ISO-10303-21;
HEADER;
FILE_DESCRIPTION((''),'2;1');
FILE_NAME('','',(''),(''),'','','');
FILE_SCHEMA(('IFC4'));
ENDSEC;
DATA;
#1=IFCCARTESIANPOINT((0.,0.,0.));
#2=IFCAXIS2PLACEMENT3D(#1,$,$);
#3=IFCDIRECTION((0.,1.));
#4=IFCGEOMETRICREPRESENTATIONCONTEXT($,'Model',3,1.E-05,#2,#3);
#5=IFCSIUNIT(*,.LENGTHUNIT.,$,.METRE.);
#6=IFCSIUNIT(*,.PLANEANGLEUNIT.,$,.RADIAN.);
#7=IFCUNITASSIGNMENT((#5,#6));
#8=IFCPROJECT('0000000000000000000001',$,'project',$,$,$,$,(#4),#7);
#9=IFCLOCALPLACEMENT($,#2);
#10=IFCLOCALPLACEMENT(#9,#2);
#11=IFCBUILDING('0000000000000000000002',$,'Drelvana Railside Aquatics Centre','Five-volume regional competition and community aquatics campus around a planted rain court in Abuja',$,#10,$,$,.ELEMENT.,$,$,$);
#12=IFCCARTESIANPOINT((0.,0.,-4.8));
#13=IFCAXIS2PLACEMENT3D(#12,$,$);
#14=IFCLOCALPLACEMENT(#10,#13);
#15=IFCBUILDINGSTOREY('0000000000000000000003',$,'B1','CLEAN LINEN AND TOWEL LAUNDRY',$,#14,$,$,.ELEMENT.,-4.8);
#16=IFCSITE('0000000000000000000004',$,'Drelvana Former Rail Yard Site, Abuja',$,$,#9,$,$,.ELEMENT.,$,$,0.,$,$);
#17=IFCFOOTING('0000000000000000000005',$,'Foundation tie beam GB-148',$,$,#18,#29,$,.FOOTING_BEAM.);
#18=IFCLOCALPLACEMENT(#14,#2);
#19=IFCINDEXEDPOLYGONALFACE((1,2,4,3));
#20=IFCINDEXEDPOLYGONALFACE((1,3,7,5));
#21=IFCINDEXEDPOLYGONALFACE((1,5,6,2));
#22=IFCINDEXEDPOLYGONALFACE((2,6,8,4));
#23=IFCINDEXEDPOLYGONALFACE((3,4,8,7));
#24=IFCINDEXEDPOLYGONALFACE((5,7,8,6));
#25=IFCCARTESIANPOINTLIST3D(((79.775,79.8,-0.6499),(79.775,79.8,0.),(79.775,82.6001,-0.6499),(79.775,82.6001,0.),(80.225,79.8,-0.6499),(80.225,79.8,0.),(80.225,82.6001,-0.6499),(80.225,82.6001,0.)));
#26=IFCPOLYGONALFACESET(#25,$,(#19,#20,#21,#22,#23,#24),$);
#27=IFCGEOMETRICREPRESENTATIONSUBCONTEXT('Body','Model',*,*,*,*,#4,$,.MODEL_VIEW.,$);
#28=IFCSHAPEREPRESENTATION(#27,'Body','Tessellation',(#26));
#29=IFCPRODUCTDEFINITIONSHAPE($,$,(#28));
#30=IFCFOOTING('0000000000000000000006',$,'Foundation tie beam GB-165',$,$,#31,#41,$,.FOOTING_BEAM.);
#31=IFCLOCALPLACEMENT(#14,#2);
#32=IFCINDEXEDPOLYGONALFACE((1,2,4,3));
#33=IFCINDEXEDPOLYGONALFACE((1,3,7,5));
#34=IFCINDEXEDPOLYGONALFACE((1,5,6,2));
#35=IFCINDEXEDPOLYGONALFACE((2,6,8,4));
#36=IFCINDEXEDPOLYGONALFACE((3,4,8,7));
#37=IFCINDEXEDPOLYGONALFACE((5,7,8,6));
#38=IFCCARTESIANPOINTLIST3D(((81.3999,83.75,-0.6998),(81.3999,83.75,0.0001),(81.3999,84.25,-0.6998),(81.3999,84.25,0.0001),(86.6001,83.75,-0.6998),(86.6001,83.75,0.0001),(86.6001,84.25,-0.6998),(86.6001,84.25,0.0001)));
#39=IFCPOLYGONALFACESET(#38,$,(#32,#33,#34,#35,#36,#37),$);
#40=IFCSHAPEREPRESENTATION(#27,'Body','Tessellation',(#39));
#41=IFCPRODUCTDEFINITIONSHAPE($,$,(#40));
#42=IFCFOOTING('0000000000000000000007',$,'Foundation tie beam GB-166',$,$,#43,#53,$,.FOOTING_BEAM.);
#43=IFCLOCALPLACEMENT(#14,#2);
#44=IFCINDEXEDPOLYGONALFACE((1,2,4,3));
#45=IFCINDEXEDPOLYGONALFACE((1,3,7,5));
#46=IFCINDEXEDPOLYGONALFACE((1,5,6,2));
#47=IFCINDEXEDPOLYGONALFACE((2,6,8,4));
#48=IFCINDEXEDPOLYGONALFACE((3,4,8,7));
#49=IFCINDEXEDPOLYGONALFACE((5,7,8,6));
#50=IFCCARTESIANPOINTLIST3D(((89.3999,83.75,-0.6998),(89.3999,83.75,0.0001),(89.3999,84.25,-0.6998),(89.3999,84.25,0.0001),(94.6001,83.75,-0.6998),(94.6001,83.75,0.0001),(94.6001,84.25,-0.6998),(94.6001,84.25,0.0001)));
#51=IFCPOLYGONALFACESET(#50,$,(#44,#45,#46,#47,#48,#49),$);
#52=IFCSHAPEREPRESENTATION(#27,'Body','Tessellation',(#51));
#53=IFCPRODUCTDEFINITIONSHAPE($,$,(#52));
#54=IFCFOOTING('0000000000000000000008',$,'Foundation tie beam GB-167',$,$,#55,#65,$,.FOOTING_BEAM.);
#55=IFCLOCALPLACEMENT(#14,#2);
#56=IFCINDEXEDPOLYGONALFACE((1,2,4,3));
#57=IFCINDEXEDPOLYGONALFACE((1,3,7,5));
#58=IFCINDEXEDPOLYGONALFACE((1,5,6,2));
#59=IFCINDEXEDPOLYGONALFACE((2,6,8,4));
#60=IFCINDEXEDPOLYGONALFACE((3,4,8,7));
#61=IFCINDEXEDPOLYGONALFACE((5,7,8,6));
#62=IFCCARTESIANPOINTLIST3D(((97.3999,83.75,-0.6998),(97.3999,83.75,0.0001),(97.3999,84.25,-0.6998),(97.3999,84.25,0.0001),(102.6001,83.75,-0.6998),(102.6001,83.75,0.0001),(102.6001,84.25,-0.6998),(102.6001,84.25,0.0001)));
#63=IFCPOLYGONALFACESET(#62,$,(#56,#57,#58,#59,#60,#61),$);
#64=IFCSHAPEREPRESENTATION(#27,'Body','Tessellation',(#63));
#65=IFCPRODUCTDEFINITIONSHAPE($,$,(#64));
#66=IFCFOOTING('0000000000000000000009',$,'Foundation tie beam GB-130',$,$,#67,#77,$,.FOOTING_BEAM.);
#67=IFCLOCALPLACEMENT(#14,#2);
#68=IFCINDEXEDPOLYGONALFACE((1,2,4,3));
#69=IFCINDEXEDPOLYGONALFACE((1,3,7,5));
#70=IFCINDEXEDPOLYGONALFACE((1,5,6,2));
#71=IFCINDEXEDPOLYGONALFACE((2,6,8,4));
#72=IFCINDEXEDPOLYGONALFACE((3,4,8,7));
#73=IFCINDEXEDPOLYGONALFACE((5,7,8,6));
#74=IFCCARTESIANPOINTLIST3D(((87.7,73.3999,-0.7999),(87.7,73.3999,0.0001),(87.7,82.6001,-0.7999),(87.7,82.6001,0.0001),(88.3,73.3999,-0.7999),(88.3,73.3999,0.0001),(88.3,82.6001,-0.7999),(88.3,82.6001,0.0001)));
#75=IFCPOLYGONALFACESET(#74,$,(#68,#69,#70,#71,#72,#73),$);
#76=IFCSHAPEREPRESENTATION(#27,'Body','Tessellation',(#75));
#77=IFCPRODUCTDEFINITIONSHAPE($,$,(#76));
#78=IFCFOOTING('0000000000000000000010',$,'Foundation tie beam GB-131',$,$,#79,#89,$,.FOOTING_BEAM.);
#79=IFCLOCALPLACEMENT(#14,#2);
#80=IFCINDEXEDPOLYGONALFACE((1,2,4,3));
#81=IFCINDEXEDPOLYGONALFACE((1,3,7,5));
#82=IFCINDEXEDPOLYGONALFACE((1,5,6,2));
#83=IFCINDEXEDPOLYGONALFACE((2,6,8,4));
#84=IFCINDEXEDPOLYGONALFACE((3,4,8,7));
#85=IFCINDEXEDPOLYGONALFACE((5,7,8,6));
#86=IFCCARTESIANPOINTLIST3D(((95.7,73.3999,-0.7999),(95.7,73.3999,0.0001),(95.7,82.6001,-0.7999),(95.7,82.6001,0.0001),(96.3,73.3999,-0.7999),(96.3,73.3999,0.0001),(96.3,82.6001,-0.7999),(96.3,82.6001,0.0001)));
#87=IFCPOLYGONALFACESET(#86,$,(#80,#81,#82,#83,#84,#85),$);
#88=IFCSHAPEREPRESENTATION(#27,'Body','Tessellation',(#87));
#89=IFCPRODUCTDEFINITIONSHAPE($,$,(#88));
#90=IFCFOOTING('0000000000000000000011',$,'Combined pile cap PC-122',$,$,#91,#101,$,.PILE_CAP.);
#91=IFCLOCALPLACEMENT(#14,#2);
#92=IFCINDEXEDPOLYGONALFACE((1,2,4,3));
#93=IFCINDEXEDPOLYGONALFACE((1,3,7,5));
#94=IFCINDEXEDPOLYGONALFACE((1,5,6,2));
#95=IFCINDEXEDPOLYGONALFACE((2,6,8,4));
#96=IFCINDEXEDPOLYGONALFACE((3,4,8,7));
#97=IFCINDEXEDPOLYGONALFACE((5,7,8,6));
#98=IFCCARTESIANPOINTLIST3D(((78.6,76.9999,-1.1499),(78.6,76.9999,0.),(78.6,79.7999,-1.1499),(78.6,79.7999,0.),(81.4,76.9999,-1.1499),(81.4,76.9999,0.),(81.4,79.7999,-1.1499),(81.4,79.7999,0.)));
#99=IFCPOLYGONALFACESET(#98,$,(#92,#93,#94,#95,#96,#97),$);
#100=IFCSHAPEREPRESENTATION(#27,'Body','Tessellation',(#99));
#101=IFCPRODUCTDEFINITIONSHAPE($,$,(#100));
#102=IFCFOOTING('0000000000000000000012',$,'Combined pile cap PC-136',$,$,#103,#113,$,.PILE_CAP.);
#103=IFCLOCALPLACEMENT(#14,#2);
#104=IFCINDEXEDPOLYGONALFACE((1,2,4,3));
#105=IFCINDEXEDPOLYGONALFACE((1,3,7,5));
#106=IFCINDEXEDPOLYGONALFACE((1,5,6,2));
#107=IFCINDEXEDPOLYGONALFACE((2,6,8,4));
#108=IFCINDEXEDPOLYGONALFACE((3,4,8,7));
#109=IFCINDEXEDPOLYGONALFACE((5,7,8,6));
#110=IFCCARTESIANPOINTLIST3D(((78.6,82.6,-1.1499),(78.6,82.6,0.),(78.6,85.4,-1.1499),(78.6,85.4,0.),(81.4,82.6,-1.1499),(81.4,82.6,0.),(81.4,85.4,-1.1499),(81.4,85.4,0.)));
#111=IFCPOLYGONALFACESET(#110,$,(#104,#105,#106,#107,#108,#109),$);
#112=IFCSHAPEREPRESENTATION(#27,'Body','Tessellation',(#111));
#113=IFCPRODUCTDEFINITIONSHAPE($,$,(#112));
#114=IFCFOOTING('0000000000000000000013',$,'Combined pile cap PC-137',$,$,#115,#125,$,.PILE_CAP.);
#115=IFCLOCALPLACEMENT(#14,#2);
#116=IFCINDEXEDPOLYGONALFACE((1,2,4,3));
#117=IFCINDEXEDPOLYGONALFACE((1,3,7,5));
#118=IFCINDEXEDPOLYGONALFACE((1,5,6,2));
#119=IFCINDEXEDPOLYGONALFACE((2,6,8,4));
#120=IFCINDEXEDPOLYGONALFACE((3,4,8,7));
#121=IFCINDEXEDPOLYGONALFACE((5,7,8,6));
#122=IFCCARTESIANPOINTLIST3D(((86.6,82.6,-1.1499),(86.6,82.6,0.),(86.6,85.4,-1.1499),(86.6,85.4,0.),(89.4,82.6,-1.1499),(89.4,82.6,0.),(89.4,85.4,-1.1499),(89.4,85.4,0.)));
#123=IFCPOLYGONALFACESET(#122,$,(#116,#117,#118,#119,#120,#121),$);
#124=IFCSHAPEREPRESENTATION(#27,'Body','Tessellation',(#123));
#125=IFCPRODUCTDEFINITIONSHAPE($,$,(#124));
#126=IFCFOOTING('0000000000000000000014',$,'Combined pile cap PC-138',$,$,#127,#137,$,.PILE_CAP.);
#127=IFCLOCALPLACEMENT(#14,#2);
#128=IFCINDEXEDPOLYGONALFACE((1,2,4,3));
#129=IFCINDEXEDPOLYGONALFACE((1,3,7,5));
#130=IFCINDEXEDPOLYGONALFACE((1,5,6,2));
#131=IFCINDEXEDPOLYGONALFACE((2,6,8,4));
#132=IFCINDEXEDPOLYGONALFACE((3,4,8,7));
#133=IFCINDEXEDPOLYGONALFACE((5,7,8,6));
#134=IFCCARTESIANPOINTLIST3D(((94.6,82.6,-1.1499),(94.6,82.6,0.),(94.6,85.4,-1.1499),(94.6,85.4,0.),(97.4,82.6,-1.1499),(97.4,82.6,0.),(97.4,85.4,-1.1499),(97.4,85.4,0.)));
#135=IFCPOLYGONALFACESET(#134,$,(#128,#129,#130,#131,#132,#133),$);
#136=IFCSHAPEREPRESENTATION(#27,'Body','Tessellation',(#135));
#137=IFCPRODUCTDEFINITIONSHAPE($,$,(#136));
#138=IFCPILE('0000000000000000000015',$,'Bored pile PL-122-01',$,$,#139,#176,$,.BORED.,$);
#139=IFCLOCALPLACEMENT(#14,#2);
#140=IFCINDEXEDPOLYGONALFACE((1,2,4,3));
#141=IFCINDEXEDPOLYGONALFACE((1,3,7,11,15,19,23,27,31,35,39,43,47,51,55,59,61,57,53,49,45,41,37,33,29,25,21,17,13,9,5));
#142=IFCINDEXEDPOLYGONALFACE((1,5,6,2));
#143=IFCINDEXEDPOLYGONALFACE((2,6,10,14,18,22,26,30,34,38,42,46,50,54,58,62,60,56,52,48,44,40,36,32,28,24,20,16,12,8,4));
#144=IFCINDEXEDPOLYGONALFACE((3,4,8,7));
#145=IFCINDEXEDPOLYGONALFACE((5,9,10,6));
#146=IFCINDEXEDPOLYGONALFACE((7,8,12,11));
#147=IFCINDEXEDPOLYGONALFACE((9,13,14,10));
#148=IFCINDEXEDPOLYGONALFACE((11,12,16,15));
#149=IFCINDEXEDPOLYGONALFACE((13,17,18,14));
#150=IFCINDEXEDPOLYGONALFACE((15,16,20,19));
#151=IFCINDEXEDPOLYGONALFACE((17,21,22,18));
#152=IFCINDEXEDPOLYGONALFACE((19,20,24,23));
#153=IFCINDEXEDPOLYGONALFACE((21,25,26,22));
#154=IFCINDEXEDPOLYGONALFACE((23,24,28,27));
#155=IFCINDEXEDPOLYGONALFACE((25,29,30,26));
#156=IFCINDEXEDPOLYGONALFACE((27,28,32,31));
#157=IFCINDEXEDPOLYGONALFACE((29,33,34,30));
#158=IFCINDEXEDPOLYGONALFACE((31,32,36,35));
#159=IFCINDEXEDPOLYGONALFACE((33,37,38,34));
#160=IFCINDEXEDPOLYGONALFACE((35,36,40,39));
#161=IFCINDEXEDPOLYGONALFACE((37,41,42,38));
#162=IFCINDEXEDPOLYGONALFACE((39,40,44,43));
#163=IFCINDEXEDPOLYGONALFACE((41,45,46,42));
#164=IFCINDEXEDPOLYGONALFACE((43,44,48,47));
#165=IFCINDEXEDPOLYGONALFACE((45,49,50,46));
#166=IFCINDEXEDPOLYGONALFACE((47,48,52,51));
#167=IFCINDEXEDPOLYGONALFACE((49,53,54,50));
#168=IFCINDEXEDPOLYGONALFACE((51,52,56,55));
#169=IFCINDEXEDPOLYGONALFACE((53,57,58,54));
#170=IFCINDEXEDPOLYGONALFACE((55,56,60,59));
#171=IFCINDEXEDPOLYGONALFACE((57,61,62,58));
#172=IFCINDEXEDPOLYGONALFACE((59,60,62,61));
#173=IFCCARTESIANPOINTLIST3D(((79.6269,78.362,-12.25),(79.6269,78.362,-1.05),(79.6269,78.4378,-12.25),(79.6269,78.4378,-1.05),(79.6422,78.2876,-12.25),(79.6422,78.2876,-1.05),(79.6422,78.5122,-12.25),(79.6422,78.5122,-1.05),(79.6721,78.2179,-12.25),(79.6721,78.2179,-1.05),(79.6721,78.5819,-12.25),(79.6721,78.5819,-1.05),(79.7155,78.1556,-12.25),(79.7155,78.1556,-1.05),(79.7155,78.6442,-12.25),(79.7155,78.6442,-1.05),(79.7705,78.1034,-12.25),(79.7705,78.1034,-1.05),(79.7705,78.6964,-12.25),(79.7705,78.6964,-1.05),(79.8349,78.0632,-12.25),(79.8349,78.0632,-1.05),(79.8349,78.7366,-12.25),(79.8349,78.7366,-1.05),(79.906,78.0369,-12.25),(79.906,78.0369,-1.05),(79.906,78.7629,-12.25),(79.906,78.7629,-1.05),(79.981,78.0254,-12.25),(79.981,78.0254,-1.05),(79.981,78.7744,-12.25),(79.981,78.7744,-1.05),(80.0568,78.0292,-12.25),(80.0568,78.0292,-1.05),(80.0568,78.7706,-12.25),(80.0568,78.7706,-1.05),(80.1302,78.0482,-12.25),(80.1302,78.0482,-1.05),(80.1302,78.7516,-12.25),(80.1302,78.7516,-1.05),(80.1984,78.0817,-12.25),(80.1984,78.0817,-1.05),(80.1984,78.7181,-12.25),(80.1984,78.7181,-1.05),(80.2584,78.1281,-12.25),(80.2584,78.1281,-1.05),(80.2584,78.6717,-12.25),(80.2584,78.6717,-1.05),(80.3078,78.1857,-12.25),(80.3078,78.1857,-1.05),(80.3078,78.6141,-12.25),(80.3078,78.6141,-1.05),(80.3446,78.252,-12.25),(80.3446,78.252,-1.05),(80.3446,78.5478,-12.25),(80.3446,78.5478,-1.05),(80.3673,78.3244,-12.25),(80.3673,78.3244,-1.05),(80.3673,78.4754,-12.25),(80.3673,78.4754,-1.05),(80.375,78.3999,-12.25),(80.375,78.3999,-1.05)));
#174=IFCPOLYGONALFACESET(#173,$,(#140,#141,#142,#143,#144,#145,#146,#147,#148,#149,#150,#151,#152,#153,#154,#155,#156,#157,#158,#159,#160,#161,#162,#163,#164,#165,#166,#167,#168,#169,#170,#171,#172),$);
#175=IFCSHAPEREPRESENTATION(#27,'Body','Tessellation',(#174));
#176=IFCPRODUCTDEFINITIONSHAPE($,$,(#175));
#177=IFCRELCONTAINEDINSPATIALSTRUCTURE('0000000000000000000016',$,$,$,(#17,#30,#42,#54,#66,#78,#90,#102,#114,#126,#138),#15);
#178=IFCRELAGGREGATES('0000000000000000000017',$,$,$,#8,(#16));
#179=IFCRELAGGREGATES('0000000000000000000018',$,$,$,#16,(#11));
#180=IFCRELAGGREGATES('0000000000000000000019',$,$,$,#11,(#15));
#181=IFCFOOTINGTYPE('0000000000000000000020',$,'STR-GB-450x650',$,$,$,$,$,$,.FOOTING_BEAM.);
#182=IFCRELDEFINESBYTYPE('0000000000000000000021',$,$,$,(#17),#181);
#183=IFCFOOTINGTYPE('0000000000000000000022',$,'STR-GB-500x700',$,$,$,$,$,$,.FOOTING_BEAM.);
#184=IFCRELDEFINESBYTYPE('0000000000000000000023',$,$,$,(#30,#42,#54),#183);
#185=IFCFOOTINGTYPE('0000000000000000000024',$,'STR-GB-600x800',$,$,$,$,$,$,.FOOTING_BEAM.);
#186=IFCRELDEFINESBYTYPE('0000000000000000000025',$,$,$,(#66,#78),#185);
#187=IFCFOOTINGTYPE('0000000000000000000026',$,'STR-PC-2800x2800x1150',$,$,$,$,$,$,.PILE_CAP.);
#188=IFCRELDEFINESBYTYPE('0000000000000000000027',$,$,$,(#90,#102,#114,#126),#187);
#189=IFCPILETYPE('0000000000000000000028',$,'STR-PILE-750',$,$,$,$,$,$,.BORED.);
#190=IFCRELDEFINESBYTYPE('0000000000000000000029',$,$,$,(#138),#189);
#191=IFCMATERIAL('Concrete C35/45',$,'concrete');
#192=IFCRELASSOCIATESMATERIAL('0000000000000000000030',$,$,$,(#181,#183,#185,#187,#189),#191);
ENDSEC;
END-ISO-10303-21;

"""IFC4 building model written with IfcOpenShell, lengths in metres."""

from ifc_helpers import new_model, si_unit, direction, frame, origin, origin_2d, place, context, subcontext, project, spatial, rectangle, circle, extrude, material, material_profile, profile_set, type_object, element, save


model = new_model("IFC4")

# Units and contexts
model_context = context("Model", 3, precision=1e-05, world=origin(), true_north=direction((0.0, 1.0)))
body_context = subcontext(model_context, "Body", "Model", "MODEL_VIEW")
ifc_project = project(units=[si_unit("LENGTHUNIT", "METRE"), si_unit("PLANEANGLEUNIT", "RADIAN")], contexts=[model_context])

# Site, building, storey
site_placement = place(None, origin())
site = spatial("IfcSite", under=ifc_project, at=site_placement, Name="Drelvana Former Rail Yard Site, Abuja", CompositionType="ELEMENT", RefElevation=0.0)
building_placement = place(site_placement, origin())
building = spatial("IfcBuilding", under=site, at=building_placement, Name="Drelvana Railside Aquatics Centre", Description="Five-volume regional competition and community aquatics campus around a planted rain court in Abuja", CompositionType="ELEMENT")
storey_placement = place(building_placement, frame((0.0, 0.0, -4.8)))
storey = spatial("IfcBuildingStorey", under=building, at=storey_placement, Name="B1", Description="CLEAN LINEN AND TOWEL LAUNDRY", CompositionType="ELEMENT", Elevation=-4.8)

# Footings
ifc_material_1 = material(Name="Concrete C35/45", Category="concrete")
ifc_material_profile_1 = material_profile(ifc_material_1, rectangle(XDim=0.45, YDim=0.6499, at=origin_2d()), Name="GB 450x650")
ifc_profile_set_1 = profile_set([ifc_material_profile_1], Name="Concrete C35/45")
footing_type_1 = type_object("IfcFootingType", Name="STR-GB-450x650", PredefinedType="FOOTING_BEAM", material=ifc_profile_set_1)
footing_placement = place(storey_placement, frame((80.0, 79.8, -0.325), z_axis=(0.0, 1.0, 0.0), x_axis=(-1.0, 0.0, 0.0)))
element("IfcFooting", 1, at=footing_placement, inside=storey, type_object=footing_type_1, Name="Foundation tie beam GB-148", PredefinedType="FOOTING_BEAM", context=body_context, shape_type="SweptSolid", body=[
    extrude(rectangle(XDim=0.45, YDim=0.6499, at=origin_2d()), origin(), (0.0, 0.0, 1.0), 2.8),
])
ifc_material_profile_2 = material_profile(ifc_material_1, rectangle(XDim=0.5, YDim=0.7, at=origin_2d()), Name="GB 500x700")
ifc_profile_set_2 = profile_set([ifc_material_profile_2], Name="Concrete C35/45")
footing_type_2 = type_object("IfcFootingType", Name="STR-GB-500x700", PredefinedType="FOOTING_BEAM", material=ifc_profile_set_2)
for number, where, z_axis, x_axis, name in (
    (2, (81.3999, 84.0, -0.3499), (1.0, 0.0, 0.0), (0.0, 1.0, 0.0), "Foundation tie beam GB-165"),
    (3, (89.3999, 84.0, -0.3499), (1.0, 0.0, 0.0), (0.0, 1.0, 0.0), "Foundation tie beam GB-166"),
    (4, (97.3999, 84.0, -0.3499), (1.0, 0.0, 0.0), (0.0, 1.0, 0.0), "Foundation tie beam GB-167"),
):
    element("IfcFooting", number, at=place(storey_placement, frame(where, z_axis=z_axis, x_axis=x_axis)), inside=storey, type_object=footing_type_2, Name=name, PredefinedType="FOOTING_BEAM", context=body_context, shape_type="SweptSolid", body=[
        extrude(rectangle(XDim=0.5, YDim=0.7, at=origin_2d()), origin(), (0.0, 0.0, 1.0), 5.2002),
    ])
ifc_material_profile_3 = material_profile(ifc_material_1, rectangle(XDim=0.6001, YDim=0.8, at=origin_2d()), Name="GB 600x800")
ifc_profile_set_3 = profile_set([ifc_material_profile_3], Name="Concrete C35/45")
footing_type_3 = type_object("IfcFootingType", Name="STR-GB-600x800", PredefinedType="FOOTING_BEAM", material=ifc_profile_set_3)
for number, where, z_axis, x_axis, name in (
    (5, (88.0, 73.3999, -0.3999), (0.0, 1.0, 0.0), (-1.0, 0.0, 0.0), "Foundation tie beam GB-130"),
    (6, (96.0, 73.3999, -0.3999), (0.0, 1.0, 0.0), (-1.0, 0.0, 0.0), "Foundation tie beam GB-131"),
):
    element("IfcFooting", number, at=place(storey_placement, frame(where, z_axis=z_axis, x_axis=x_axis)), inside=storey, type_object=footing_type_3, Name=name, PredefinedType="FOOTING_BEAM", context=body_context, shape_type="SweptSolid", body=[
        extrude(rectangle(XDim=0.6001, YDim=0.8, at=origin_2d()), origin(), (0.0, 0.0, 1.0), 9.2002),
    ])
footing_type_4 = type_object("IfcFootingType", Name="STR-PC-2800x2800x1150", PredefinedType="PILE_CAP", material=ifc_material_1)
for number, where, z_axis, x_axis, name in (
    (7, (80.0, 78.3999, -1.1499), (0.0, 0.0, 1.0), (1.0, 0.0, 0.0), "Combined pile cap PC-122"),
    (8, (80.0, 84.0, -1.1499), (0.0, 0.0, 1.0), (1.0, 0.0, 0.0), "Combined pile cap PC-136"),
    (9, (88.0, 84.0, -1.1499), (0.0, 0.0, 1.0), (1.0, 0.0, 0.0), "Combined pile cap PC-137"),
    (10, (96.0, 84.0, -1.1499), (0.0, 0.0, 1.0), (1.0, 0.0, 0.0), "Combined pile cap PC-138"),
):
    element("IfcFooting", number, at=place(storey_placement, frame(where, z_axis=z_axis, x_axis=x_axis)), inside=storey, type_object=footing_type_4, Name=name, PredefinedType="PILE_CAP", context=body_context, shape_type="SweptSolid", body=[
        extrude(rectangle(XDim=2.8, YDim=2.8, at=origin_2d()), origin(), (0.0, 0.0, 1.0), 1.1499),
    ])

# Pile
ifc_material_profile_4 = material_profile(ifc_material_1, circle(Radius=0.375, at=origin_2d()), Name="PILE D750")
ifc_profile_set_4 = profile_set([ifc_material_profile_4], Name="Concrete C35/45")
pile_type = type_object("IfcPileType", Name="STR-PILE-750", PredefinedType="BORED", material=ifc_profile_set_4)
for number, where, z_axis, x_axis, name in (
    (11, (80.0, 78.3999, -1.05), (0.0, 0.0, -1.0), (1.0, 0.0, 0.0), "Bored pile PL-122-01"),
):
    element("IfcPile", number, at=place(storey_placement, frame(where, z_axis=z_axis, x_axis=x_axis)), inside=storey, type_object=pile_type, Name=name, PredefinedType="BORED", context=body_context, shape_type="SweptSolid", body=[
        extrude(circle(Radius=0.375, at=origin_2d()), origin(), (0.0, 0.0, 1.0), 11.2),
    ])

save(model, "model.ifc")
